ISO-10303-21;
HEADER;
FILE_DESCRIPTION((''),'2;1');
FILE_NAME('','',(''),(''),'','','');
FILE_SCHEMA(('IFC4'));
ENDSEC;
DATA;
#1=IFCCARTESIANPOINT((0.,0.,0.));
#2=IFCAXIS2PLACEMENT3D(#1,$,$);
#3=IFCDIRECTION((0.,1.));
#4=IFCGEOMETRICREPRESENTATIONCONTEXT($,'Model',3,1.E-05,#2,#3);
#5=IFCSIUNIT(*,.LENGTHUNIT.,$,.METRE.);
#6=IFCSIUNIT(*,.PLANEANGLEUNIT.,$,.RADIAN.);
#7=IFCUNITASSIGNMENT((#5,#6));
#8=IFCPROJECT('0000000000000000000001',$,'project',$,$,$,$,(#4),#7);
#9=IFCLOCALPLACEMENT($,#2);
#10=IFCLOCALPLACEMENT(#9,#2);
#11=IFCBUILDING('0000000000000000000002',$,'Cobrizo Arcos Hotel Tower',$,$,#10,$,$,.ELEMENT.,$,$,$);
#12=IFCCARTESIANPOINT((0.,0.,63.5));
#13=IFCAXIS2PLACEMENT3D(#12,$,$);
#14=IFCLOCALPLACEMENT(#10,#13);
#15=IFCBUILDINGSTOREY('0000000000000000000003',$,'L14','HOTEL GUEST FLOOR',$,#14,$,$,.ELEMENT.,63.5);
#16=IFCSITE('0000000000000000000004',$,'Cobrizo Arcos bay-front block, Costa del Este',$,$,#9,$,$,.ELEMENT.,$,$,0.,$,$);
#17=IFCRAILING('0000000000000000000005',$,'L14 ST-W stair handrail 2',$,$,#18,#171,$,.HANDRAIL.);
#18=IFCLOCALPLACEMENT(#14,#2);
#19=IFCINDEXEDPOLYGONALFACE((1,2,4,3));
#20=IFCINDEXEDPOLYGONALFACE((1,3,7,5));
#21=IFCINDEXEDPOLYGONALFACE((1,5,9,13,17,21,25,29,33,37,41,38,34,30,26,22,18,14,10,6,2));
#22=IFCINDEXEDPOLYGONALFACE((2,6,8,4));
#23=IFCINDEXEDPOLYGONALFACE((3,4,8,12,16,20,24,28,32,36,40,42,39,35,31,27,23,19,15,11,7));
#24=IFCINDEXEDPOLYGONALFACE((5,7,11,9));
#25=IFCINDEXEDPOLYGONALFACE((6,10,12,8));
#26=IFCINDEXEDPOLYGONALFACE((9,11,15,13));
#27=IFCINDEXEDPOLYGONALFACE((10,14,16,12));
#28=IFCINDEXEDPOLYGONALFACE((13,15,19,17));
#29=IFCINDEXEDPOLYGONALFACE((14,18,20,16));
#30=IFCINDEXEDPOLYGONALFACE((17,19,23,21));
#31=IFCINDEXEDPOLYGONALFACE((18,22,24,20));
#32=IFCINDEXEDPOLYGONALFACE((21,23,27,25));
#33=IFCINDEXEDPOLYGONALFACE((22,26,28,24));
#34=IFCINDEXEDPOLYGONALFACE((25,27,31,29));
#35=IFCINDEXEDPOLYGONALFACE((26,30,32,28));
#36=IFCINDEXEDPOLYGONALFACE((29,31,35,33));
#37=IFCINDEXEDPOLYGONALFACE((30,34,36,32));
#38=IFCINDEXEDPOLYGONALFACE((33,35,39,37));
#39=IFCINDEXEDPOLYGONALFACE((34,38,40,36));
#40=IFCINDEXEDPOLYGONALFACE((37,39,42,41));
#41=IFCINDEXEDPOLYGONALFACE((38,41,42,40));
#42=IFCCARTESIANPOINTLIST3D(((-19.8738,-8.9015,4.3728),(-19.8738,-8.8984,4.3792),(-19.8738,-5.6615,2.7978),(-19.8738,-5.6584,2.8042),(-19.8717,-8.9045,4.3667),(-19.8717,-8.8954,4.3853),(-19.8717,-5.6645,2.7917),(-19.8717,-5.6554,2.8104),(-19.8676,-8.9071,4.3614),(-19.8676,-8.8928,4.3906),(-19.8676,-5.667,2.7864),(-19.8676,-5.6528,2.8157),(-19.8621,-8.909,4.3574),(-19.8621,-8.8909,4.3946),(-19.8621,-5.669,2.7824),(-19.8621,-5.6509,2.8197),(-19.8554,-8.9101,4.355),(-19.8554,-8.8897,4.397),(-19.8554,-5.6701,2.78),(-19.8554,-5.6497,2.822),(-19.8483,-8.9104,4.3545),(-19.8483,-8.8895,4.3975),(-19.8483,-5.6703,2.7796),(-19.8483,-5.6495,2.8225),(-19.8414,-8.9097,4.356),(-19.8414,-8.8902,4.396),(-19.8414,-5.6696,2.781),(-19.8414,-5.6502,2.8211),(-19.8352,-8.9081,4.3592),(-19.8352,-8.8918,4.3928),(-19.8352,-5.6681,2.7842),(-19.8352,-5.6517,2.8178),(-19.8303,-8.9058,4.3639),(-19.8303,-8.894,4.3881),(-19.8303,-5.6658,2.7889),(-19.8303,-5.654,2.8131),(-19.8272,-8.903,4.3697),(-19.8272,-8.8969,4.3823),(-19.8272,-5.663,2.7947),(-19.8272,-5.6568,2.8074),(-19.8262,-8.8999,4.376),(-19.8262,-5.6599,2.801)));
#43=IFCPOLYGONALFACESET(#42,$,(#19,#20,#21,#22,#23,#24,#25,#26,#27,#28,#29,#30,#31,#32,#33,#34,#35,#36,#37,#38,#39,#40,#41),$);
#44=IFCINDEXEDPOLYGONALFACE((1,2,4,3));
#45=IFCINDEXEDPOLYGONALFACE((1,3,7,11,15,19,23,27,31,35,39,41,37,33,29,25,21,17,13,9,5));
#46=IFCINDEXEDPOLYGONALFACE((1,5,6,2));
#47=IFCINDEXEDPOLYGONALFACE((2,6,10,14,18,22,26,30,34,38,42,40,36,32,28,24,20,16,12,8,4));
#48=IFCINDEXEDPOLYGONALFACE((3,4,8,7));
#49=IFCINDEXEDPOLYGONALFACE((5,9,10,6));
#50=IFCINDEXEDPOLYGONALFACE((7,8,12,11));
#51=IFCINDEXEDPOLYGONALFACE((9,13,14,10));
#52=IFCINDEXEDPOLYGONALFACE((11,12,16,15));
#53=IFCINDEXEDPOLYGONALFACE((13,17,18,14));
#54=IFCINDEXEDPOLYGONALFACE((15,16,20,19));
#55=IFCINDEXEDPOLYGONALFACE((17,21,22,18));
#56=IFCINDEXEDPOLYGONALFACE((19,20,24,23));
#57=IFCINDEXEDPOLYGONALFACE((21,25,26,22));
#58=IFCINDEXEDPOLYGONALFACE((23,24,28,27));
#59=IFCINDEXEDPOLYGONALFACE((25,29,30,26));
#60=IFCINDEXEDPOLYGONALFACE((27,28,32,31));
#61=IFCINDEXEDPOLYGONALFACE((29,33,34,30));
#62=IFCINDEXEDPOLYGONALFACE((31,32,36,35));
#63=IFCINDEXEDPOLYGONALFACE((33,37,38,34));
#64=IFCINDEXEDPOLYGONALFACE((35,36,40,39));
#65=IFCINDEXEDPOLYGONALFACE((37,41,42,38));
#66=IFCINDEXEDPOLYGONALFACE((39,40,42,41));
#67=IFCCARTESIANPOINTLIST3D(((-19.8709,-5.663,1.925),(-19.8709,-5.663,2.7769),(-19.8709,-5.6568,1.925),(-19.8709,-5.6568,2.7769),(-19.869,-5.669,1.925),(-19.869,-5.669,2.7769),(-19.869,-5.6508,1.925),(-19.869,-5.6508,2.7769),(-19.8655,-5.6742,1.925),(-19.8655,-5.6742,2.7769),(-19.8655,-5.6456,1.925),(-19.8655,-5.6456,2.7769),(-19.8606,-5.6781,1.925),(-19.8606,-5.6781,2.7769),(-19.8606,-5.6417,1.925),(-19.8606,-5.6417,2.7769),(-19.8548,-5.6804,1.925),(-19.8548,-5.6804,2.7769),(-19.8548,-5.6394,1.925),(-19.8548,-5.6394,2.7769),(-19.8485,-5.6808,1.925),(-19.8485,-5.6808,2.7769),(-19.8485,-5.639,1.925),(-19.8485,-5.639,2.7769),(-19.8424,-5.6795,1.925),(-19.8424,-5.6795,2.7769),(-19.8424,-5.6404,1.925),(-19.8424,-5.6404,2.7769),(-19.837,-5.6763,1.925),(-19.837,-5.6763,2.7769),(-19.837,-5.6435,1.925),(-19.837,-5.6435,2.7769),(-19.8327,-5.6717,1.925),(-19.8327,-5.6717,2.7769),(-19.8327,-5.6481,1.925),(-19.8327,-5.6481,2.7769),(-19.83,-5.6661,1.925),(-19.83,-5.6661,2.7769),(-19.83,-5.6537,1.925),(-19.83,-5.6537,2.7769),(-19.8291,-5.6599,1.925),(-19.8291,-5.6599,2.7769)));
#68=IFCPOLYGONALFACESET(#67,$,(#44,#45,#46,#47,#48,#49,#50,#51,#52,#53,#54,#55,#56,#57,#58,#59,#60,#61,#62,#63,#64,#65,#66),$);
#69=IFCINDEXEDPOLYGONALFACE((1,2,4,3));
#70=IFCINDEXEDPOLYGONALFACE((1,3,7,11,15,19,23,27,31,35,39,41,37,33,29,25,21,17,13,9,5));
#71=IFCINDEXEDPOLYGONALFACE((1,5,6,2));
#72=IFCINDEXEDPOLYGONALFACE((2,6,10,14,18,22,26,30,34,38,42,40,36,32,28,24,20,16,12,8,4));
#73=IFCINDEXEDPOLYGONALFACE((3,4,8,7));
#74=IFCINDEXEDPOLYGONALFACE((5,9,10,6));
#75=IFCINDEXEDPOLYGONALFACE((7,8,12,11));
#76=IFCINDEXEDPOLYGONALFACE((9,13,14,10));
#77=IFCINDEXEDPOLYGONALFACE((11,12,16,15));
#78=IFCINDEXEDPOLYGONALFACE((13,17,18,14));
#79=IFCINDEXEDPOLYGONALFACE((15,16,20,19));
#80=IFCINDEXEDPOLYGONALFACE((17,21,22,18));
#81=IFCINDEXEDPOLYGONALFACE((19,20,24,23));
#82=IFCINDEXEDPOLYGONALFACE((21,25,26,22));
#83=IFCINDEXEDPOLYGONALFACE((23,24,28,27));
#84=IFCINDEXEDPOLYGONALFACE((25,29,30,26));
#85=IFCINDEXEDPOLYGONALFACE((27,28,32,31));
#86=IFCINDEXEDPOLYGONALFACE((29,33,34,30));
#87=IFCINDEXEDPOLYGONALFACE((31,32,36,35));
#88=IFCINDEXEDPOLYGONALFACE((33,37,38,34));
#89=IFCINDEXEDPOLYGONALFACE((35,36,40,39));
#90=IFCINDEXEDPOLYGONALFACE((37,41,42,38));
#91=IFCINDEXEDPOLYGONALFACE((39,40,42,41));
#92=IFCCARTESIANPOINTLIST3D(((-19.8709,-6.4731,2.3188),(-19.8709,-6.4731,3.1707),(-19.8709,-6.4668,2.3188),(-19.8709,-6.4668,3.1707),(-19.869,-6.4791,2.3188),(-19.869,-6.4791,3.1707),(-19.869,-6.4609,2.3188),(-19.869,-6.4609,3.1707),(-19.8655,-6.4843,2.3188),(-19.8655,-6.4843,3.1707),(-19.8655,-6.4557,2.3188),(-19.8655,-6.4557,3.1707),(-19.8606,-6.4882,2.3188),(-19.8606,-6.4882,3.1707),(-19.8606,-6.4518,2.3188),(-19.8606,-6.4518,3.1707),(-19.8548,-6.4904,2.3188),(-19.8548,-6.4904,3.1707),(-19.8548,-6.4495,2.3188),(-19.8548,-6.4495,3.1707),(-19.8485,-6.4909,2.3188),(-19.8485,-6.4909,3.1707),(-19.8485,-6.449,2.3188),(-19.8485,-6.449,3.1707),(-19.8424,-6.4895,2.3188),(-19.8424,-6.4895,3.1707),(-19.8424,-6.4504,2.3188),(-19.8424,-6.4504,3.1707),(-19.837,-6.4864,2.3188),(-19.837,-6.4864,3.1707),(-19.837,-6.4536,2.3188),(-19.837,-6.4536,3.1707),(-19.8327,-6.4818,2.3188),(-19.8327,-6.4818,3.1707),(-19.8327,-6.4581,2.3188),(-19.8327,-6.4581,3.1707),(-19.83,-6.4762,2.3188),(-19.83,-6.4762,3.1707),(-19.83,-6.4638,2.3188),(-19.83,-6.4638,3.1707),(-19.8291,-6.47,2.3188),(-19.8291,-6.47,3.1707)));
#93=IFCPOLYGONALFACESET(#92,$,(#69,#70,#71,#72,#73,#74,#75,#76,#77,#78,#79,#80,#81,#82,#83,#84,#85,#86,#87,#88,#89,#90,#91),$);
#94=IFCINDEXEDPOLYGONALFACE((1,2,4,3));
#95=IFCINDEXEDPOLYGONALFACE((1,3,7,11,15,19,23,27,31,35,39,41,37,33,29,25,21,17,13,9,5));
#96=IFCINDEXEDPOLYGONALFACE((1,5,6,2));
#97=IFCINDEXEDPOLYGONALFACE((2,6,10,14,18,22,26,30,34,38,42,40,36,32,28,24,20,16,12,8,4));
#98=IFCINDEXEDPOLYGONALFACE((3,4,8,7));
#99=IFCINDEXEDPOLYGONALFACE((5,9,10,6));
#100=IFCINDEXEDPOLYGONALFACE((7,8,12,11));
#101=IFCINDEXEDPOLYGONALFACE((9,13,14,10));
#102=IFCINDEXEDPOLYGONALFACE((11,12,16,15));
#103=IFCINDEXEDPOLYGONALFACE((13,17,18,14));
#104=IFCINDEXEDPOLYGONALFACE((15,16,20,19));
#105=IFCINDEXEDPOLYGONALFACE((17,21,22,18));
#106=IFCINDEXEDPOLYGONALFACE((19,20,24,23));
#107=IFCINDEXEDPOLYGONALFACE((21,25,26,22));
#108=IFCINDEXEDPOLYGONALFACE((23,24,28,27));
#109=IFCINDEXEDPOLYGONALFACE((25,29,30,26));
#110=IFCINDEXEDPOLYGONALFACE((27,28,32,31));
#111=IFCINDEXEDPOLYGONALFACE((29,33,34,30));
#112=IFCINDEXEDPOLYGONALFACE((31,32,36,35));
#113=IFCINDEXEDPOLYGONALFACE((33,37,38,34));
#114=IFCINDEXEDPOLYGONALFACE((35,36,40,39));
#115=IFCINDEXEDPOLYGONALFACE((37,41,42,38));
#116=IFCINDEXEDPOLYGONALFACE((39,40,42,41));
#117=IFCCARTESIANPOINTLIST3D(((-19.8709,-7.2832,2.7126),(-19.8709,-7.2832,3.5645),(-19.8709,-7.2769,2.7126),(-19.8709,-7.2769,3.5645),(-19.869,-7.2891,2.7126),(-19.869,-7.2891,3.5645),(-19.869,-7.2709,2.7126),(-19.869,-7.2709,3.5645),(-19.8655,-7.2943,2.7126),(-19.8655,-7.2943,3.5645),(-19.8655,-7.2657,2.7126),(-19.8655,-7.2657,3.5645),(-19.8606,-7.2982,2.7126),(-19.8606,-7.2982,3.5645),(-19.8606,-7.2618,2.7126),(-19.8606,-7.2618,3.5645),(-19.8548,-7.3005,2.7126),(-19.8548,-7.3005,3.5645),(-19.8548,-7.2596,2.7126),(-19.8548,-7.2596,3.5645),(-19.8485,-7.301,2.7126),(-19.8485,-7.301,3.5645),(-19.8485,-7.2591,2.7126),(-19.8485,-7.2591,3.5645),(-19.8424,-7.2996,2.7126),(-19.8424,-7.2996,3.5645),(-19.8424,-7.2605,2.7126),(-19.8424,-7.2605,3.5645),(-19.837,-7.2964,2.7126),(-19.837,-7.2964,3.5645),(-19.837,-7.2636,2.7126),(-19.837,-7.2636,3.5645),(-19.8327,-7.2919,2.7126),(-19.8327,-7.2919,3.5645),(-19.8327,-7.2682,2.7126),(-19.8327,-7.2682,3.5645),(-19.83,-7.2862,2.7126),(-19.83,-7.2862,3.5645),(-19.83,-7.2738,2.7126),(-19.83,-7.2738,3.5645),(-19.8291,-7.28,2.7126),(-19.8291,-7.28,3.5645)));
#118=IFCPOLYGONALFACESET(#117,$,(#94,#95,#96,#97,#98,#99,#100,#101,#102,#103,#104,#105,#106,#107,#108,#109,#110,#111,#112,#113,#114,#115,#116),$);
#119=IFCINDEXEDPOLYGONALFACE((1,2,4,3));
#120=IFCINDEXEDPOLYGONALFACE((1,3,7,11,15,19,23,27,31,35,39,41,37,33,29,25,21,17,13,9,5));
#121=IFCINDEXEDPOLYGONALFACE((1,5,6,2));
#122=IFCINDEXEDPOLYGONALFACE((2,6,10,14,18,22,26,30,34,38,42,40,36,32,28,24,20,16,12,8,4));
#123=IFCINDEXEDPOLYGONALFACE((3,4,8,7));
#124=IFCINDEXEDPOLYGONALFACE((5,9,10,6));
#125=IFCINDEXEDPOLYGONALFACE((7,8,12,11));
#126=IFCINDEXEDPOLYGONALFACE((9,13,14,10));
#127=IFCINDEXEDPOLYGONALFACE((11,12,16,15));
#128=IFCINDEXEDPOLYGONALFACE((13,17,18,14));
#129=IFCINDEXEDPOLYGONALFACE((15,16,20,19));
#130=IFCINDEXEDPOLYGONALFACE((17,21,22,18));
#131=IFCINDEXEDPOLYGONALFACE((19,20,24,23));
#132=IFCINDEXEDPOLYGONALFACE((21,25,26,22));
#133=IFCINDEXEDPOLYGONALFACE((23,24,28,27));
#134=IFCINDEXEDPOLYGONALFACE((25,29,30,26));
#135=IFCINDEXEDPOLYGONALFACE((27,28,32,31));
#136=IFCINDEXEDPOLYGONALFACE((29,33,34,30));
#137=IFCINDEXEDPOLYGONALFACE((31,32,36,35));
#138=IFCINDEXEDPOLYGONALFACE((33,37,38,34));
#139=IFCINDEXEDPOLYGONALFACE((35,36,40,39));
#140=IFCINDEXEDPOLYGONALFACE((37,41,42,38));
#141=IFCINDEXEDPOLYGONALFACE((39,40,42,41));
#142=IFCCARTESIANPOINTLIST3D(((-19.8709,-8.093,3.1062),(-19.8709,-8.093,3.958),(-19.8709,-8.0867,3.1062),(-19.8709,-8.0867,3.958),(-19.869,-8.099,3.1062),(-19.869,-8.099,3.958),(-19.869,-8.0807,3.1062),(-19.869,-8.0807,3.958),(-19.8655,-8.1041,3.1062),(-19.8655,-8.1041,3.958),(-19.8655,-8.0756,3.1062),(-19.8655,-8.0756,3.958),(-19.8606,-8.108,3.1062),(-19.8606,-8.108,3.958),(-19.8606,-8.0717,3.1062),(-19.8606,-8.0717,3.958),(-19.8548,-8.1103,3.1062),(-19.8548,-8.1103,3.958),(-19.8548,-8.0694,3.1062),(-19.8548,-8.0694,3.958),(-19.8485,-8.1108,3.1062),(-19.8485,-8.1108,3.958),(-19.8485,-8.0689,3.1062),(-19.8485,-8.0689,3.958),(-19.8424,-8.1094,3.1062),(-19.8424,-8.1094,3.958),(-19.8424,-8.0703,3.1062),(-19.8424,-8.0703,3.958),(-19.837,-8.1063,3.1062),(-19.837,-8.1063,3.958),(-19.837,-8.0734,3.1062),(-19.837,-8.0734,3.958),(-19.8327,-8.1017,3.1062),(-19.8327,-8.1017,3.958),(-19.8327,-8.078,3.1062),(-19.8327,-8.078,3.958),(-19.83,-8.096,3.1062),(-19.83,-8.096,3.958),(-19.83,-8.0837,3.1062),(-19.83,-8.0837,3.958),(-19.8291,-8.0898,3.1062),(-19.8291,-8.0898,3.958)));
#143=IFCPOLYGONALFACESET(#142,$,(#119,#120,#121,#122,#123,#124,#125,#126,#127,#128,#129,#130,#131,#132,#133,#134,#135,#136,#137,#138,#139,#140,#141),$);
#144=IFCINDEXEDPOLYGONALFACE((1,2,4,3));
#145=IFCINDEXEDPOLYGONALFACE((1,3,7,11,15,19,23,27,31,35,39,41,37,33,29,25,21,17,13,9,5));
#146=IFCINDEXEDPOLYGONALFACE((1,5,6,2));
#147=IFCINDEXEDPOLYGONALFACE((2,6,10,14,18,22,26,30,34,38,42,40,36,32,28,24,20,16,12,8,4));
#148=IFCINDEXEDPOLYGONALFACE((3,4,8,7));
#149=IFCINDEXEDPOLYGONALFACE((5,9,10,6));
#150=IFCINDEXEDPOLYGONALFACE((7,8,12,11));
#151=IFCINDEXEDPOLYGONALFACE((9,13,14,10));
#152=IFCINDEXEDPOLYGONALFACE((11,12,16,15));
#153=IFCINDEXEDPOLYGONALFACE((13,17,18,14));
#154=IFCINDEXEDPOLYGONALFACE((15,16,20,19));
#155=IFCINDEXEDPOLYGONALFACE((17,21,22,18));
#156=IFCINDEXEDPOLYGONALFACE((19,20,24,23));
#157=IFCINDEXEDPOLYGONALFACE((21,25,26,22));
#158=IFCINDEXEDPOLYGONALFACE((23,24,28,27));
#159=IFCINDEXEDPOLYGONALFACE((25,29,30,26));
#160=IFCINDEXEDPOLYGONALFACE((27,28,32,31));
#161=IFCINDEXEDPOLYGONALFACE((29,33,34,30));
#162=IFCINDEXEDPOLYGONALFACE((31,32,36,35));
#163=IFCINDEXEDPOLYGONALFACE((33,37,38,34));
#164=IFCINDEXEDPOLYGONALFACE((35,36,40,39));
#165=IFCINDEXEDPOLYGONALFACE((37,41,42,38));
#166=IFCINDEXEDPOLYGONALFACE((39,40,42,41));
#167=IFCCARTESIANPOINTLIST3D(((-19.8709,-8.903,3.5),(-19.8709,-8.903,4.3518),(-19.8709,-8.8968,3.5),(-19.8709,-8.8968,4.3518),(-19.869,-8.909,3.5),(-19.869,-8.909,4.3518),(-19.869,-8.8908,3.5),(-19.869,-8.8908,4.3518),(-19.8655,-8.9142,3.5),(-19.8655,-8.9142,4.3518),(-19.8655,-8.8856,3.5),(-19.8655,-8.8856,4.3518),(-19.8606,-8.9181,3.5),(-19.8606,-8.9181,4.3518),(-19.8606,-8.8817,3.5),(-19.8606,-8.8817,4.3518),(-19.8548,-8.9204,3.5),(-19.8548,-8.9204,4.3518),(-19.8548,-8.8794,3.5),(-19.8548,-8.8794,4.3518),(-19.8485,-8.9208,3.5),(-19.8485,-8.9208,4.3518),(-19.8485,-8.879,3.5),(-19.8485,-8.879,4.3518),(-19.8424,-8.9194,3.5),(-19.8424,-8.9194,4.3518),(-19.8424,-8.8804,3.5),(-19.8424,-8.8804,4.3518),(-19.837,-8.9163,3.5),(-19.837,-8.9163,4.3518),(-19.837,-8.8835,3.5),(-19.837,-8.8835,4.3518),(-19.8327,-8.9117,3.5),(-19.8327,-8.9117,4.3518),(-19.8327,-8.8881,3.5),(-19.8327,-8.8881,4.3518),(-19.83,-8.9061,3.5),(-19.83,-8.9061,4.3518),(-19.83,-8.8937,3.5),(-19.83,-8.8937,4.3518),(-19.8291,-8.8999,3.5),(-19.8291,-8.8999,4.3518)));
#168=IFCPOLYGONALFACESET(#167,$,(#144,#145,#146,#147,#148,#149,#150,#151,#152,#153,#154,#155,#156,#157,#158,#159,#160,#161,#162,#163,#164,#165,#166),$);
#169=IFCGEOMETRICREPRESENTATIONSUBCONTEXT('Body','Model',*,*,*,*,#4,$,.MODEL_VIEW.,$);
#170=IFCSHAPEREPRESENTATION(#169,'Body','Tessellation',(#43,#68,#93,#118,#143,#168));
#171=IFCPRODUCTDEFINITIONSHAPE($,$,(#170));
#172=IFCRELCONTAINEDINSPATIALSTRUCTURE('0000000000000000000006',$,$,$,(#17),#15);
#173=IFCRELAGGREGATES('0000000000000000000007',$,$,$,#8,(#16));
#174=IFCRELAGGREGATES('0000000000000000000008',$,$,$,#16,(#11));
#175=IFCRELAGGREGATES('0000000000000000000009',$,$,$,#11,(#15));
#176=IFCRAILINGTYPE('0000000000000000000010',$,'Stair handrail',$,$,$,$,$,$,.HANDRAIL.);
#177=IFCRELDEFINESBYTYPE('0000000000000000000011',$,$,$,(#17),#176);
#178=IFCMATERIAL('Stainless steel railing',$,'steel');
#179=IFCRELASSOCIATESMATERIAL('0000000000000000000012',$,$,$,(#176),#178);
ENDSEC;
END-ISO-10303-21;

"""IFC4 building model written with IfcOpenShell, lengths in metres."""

from ifc_helpers import new_model, si_unit, direction, frame, origin, origin_2d, place, context, subcontext, project, spatial, circle, extrude, material, type_object, element, save


model = new_model("IFC4")

# Units and contexts
model_context = context("Model", 3, precision=1e-05, world=origin(), true_north=direction((0.0, 1.0)))
body_context = subcontext(model_context, "Body", "Model", "MODEL_VIEW")
ifc_project = project(units=[si_unit("LENGTHUNIT", "METRE"), si_unit("PLANEANGLEUNIT", "RADIAN")], contexts=[model_context])

# Site, building, storey
site_placement = place(None, origin())
site = spatial("IfcSite", under=ifc_project, at=site_placement, Name="Cobrizo Arcos bay-front block, Costa del Este", CompositionType="ELEMENT", RefElevation=0.0)
building_placement = place(site_placement, origin())
building = spatial("IfcBuilding", under=site, at=building_placement, Name="Cobrizo Arcos Hotel Tower", CompositionType="ELEMENT")
storey_placement = place(building_placement, frame((0.0, 0.0, 63.5)))
storey = spatial("IfcBuildingStorey", under=building, at=storey_placement, Name="L14", Description="HOTEL GUEST FLOOR", CompositionType="ELEMENT", Elevation=63.5)

# Railing
ifc_material_1 = material(Name="Stainless steel railing", Category="steel")
railing_type_1 = type_object("IfcRailingType", Name="Stair handrail", PredefinedType="HANDRAIL", material=ifc_material_1)
railing_1_placement = place(storey_placement, frame((-19.8501, -5.6599, 1.925)))
element("IfcRailing", 1, at=railing_1_placement, inside=storey, type_object=railing_type_1, Name="L14 ST-W stair handrail 2", PredefinedType="HANDRAIL", context=body_context, shape_type="SweptSolid", body=[
    extrude(circle(Radius=0.0239, at=origin_2d()), frame((0.0, 0.0, 0.876), z_axis=(0.0, -0.899373, 0.437183), x_axis=(1.0, 0.0, 0.0)), (0.0, 0.0, 1.0), 3.6025),
    extrude(circle(Radius=0.021, at=origin_2d()), origin(), (0.0, 0.0, 1.0), 0.8518),
    extrude(circle(Radius=0.021, at=origin_2d()), frame((0.0, -0.8101, 0.3938)), (0.0, 0.0, 1.0), 0.8518),
    extrude(circle(Radius=0.021, at=origin_2d()), frame((0.0, -1.6201, 0.7876)), (0.0, 0.0, 1.0), 0.8518),
    extrude(circle(Radius=0.021, at=origin_2d()), frame((0.0, -2.4299, 1.1812)), (0.0, 0.0, 1.0), 0.8518),
    extrude(circle(Radius=0.021, at=origin_2d()), frame((0.0, -3.24, 1.575)), (0.0, 0.0, 1.0), 0.8518),
])

save(model, "model.ifc")
